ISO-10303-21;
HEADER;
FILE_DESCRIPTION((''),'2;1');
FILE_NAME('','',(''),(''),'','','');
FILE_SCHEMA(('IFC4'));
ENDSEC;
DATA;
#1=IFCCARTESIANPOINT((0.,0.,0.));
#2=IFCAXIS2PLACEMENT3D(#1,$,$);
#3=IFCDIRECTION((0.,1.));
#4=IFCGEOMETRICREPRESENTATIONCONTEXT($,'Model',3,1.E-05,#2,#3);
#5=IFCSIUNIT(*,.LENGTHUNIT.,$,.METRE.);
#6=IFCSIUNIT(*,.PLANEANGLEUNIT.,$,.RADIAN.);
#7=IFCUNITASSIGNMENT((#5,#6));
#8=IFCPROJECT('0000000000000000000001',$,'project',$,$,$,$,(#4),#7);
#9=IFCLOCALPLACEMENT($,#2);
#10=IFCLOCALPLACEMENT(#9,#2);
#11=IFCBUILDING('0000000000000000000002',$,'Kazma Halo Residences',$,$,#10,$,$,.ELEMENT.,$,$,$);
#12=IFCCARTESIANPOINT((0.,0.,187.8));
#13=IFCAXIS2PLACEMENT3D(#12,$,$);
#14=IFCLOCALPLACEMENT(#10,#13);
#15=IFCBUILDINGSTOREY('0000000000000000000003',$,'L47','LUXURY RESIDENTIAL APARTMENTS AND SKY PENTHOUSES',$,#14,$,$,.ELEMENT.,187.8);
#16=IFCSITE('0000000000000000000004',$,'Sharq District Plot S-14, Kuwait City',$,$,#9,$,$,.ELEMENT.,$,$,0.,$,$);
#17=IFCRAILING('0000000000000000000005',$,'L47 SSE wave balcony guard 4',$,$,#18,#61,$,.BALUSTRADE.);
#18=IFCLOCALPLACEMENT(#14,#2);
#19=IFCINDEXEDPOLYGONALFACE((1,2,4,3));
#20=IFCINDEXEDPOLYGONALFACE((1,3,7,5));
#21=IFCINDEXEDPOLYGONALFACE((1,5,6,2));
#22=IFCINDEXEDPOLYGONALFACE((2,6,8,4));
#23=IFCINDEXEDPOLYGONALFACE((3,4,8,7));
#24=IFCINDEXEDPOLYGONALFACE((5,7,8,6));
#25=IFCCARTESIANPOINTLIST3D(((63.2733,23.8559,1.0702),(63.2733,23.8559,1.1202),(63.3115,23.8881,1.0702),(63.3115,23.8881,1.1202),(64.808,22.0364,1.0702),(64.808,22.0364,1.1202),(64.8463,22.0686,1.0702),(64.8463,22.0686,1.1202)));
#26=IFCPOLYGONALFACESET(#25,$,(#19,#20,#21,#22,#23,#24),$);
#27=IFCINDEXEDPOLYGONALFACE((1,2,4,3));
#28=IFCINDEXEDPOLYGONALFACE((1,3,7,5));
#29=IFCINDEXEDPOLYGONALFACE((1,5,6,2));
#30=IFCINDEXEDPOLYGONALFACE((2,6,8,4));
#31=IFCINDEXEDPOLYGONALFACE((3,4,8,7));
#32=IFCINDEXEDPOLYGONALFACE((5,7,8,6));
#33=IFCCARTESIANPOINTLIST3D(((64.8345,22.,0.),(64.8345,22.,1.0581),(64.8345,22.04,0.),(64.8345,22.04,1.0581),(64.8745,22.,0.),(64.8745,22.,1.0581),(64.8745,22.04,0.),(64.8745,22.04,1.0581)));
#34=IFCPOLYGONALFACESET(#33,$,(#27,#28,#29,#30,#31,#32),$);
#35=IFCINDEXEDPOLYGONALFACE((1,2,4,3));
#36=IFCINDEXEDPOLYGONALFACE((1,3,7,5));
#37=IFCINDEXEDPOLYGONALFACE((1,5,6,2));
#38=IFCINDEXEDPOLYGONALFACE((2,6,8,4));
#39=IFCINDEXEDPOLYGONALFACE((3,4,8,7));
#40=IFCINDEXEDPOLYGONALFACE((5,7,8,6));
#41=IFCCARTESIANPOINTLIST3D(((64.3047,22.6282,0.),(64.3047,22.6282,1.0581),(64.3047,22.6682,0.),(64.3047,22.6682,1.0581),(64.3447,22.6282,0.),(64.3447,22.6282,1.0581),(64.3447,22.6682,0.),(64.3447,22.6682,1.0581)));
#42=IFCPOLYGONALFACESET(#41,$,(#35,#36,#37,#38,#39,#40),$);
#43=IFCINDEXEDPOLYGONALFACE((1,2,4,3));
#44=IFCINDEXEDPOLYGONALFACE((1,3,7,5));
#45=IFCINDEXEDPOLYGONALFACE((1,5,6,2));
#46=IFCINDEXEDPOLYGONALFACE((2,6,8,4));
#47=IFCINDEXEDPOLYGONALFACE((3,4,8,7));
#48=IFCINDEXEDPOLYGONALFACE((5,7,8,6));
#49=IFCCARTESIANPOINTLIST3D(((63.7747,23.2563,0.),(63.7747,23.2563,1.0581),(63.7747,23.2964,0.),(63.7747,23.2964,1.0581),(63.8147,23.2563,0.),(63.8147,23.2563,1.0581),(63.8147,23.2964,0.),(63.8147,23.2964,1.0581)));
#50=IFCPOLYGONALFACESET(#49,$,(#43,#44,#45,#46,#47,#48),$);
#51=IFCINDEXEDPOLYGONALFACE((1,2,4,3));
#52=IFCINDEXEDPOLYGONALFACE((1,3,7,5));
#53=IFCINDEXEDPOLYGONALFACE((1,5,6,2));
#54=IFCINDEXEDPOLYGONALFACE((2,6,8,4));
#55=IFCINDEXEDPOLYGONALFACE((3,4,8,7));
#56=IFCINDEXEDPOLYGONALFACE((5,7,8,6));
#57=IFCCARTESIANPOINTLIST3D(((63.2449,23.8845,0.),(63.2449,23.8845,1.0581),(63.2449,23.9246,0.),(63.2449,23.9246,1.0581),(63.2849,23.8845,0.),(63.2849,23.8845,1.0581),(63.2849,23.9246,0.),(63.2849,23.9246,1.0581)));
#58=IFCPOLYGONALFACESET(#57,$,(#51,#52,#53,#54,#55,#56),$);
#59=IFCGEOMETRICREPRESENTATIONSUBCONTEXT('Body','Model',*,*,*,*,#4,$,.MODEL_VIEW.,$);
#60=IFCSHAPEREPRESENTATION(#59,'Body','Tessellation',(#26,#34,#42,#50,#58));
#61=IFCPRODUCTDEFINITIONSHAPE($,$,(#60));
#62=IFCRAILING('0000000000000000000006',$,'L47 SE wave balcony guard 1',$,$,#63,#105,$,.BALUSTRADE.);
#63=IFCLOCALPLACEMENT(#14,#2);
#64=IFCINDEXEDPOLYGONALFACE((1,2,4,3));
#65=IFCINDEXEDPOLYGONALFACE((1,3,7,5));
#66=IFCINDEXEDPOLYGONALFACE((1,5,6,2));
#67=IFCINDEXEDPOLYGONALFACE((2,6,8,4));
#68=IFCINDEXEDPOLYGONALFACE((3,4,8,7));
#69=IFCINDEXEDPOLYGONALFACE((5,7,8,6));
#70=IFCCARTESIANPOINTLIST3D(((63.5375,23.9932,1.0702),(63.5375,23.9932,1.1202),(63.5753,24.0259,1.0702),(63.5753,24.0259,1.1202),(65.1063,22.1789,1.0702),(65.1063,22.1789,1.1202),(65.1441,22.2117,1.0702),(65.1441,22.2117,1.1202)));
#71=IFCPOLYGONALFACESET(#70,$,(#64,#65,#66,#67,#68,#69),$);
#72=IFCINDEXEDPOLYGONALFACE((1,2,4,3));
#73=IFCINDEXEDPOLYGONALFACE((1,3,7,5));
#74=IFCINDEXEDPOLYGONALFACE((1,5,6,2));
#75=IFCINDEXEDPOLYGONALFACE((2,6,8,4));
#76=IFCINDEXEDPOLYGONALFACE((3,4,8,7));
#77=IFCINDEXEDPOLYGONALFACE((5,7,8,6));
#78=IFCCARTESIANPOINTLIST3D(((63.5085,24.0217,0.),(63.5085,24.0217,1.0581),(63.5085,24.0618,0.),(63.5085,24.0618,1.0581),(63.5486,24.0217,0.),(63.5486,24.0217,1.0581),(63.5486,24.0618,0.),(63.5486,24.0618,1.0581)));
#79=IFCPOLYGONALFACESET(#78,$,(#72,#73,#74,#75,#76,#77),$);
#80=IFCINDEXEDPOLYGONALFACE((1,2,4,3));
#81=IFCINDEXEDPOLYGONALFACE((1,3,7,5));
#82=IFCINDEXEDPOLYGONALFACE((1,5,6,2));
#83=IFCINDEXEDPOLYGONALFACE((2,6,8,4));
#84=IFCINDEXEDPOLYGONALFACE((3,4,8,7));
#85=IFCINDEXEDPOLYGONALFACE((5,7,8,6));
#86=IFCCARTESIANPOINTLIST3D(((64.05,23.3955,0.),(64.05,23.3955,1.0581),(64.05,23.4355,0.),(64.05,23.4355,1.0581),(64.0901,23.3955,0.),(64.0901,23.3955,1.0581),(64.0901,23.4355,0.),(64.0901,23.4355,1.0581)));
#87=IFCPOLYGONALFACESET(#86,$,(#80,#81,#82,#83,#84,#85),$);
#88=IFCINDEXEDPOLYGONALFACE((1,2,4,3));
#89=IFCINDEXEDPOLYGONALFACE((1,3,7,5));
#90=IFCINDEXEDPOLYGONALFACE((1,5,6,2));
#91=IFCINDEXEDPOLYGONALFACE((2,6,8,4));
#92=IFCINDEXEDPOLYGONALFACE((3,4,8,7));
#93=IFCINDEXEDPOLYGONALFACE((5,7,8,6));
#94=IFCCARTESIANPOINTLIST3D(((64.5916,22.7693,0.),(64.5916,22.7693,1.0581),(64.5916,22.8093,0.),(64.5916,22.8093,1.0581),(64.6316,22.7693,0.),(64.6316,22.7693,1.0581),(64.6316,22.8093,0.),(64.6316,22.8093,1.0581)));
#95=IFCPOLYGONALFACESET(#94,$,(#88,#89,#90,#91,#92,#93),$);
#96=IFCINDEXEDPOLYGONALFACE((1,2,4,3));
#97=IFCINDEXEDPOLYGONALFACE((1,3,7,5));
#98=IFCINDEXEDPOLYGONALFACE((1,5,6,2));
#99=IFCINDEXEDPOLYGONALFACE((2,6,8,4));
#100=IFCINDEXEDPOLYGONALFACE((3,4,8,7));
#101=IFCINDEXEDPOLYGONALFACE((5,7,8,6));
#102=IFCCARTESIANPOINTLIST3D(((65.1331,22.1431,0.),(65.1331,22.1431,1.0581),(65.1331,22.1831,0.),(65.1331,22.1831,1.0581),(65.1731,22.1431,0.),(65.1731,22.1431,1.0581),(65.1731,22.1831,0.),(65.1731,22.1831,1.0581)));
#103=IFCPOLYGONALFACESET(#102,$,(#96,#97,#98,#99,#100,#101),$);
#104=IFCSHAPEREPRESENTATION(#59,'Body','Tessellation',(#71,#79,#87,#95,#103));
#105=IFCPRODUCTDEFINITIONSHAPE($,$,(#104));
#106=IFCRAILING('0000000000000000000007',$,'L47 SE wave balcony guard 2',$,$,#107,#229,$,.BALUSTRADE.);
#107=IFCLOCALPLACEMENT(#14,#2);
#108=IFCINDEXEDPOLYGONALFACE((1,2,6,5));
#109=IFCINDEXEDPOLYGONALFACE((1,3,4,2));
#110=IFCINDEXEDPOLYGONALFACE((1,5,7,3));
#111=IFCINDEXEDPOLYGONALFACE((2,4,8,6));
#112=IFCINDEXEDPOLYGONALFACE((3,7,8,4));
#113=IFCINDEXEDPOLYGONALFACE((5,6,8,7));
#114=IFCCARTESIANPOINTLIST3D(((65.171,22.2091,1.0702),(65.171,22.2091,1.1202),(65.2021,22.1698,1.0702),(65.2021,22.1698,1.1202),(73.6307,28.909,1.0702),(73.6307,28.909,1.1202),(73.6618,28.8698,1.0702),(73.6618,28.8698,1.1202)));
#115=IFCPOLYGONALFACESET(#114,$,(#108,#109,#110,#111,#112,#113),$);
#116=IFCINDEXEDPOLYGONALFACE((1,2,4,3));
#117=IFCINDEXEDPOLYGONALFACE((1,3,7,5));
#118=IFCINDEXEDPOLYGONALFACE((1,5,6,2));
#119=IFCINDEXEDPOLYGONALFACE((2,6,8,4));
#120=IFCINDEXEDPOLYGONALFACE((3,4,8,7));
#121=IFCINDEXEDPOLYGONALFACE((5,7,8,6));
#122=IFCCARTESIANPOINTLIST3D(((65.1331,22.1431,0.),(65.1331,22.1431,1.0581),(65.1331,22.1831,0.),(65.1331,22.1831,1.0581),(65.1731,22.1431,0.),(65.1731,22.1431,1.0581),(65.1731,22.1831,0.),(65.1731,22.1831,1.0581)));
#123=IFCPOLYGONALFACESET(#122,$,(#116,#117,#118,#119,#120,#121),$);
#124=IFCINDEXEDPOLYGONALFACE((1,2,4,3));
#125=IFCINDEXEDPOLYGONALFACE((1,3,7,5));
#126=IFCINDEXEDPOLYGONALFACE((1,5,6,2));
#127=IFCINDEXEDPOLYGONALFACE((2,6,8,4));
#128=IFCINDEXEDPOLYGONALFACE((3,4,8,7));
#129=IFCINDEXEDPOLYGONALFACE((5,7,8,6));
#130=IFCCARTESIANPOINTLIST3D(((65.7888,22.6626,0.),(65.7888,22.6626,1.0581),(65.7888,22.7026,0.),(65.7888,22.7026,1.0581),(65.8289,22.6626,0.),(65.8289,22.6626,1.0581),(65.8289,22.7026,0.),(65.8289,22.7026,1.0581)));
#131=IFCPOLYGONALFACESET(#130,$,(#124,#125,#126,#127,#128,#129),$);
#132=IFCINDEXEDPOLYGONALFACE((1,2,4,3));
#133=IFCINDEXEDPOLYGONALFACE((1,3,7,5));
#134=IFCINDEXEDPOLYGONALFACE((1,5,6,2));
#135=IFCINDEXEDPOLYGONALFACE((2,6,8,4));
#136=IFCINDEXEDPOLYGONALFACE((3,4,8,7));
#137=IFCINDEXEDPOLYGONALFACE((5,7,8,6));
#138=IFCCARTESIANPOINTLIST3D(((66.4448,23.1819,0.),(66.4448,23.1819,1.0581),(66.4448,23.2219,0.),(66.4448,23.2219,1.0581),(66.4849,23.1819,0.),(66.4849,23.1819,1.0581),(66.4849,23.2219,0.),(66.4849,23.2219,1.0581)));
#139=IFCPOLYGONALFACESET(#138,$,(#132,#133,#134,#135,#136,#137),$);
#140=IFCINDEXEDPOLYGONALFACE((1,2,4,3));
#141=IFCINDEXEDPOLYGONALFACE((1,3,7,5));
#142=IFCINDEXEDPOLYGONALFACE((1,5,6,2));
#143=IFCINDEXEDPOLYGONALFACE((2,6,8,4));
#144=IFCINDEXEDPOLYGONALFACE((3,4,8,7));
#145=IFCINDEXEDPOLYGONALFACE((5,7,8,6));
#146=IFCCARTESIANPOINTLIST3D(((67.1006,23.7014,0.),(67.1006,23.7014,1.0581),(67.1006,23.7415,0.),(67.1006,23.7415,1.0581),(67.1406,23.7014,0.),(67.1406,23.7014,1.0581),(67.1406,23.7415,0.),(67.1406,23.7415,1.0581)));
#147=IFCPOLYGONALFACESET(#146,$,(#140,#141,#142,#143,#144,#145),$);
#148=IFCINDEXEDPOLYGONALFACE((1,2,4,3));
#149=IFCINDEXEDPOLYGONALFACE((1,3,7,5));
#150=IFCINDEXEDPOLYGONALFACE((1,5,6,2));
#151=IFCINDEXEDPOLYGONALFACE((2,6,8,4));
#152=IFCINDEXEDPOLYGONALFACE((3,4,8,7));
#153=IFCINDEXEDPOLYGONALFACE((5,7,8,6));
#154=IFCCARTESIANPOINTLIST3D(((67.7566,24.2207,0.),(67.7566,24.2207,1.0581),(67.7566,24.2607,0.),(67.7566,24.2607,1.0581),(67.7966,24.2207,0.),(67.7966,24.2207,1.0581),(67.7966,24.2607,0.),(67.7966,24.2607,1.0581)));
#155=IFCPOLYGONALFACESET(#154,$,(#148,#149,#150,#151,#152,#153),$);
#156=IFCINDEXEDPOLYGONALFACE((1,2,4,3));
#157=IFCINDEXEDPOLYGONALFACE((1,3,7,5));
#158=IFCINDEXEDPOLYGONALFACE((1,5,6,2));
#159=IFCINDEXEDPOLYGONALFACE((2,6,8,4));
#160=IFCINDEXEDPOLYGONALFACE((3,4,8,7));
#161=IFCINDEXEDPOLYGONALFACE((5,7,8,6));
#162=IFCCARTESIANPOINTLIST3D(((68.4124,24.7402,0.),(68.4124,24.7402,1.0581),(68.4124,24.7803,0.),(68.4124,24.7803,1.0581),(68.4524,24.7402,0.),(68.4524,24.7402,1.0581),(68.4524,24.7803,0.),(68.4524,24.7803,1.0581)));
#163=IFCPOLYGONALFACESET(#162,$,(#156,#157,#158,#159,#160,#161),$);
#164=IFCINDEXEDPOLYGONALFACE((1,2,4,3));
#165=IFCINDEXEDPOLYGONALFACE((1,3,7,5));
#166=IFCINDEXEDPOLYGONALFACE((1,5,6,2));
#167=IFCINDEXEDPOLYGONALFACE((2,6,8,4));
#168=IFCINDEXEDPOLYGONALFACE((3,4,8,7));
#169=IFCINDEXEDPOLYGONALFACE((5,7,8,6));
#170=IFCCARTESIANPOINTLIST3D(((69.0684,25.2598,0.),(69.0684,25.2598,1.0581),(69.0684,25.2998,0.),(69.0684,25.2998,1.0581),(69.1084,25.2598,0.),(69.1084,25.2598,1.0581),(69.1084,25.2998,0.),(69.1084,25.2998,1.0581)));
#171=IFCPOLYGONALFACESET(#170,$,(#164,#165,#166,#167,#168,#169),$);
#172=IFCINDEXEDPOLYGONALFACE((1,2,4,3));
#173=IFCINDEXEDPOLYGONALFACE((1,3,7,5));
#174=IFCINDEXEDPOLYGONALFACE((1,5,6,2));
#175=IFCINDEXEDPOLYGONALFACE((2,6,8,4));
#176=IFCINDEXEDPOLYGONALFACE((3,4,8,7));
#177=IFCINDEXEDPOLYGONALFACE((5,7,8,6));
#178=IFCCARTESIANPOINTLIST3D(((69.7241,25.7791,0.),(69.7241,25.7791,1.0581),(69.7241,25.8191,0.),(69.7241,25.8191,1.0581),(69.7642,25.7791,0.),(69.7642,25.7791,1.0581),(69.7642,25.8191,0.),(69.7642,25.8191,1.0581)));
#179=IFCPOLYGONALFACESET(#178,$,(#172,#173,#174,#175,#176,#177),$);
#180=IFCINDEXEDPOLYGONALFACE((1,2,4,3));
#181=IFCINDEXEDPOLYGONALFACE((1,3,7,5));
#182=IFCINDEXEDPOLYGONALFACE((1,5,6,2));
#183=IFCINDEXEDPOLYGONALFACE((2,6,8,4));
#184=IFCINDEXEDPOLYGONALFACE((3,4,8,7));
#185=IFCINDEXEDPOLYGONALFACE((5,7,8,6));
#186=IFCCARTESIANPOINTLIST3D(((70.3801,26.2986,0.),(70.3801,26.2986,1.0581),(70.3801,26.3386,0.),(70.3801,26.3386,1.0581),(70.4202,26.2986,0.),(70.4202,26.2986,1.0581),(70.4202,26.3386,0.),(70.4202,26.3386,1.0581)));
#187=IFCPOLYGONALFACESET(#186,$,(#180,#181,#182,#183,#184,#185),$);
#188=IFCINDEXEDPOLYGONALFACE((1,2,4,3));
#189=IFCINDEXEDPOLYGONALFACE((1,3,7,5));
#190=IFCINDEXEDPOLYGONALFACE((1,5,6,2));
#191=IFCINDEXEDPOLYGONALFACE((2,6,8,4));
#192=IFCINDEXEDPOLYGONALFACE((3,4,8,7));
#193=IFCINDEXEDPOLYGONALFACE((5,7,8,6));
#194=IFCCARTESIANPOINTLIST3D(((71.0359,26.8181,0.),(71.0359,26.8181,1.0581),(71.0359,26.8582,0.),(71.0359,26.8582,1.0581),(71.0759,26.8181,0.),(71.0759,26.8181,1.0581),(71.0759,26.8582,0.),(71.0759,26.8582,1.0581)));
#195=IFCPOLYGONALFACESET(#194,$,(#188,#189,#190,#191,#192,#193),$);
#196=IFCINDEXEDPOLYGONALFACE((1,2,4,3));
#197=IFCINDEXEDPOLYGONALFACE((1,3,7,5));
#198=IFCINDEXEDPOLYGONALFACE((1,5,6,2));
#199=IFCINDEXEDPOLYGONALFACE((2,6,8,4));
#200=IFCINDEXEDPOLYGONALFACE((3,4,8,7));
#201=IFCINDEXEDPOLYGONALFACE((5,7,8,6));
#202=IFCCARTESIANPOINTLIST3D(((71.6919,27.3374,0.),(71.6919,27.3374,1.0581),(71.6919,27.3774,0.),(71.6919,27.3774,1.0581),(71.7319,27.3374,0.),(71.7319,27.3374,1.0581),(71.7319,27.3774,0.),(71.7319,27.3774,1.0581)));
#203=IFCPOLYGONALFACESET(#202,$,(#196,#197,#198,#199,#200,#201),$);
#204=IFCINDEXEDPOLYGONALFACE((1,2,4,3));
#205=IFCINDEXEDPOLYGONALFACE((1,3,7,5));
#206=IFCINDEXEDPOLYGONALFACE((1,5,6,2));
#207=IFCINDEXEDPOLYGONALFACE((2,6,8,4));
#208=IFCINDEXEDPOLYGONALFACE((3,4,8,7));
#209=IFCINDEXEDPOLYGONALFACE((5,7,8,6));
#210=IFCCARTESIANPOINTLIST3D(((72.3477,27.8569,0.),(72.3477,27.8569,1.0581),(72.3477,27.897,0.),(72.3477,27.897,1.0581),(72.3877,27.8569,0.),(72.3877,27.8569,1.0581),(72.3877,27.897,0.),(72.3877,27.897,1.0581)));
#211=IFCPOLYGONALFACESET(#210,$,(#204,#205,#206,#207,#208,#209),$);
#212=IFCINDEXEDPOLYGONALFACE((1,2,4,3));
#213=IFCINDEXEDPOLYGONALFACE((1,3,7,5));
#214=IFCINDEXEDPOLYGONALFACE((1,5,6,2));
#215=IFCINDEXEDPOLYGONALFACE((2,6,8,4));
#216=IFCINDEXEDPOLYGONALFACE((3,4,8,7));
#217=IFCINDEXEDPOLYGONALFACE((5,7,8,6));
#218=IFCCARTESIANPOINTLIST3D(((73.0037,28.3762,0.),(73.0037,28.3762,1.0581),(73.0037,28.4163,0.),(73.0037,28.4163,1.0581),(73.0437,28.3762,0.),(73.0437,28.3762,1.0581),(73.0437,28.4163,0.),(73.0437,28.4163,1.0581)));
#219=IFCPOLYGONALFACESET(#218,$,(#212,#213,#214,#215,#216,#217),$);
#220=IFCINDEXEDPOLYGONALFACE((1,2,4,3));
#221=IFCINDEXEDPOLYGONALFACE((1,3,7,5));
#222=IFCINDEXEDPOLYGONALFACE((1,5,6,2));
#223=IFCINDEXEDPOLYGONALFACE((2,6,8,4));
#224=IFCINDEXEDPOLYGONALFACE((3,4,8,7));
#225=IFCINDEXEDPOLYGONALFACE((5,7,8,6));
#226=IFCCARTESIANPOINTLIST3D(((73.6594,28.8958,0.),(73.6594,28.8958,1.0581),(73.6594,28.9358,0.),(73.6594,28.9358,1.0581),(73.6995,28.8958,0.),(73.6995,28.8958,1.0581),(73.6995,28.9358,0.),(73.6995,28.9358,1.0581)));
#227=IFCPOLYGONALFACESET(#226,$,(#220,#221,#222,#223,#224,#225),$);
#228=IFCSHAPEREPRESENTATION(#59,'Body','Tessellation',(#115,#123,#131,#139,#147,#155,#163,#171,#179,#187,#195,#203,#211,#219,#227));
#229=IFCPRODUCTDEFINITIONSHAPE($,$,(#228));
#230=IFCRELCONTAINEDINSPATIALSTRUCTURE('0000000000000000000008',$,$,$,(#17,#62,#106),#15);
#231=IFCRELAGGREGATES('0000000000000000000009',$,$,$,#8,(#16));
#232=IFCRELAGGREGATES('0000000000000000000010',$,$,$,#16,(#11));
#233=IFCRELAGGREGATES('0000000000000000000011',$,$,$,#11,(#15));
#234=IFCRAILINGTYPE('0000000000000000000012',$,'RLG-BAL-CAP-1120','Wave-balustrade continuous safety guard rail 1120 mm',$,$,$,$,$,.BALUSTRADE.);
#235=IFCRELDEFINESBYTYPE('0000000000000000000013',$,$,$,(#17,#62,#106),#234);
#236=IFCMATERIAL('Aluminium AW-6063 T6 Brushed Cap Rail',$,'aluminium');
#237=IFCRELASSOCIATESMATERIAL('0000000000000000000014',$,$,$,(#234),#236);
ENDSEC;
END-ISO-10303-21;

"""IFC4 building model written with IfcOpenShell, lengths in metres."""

from ifc_helpers import new_model, si_unit, direction, frame, origin, origin_2d, place, context, subcontext, project, spatial, rectangle, extrude, material, type_object, element, save


model = new_model("IFC4")

# Units and contexts
model_context = context("Model", 3, precision=1e-05, world=origin(), true_north=direction((0.0, 1.0)))
body_context = subcontext(model_context, "Body", "Model", "MODEL_VIEW")
ifc_project = project(units=[si_unit("LENGTHUNIT", "METRE"), si_unit("PLANEANGLEUNIT", "RADIAN")], contexts=[model_context])

# Site, building, storey
site_placement = place(None, origin())
site = spatial("IfcSite", under=ifc_project, at=site_placement, Name="Sharq District Plot S-14, Kuwait City", CompositionType="ELEMENT", RefElevation=0.0)
building_placement = place(site_placement, origin())
building = spatial("IfcBuilding", under=site, at=building_placement, Name="Kazma Halo Residences", CompositionType="ELEMENT")
storey_placement = place(building_placement, frame((0.0, 0.0, 187.8)))
storey = spatial("IfcBuildingStorey", under=building, at=storey_placement, Name="L47", Description="LUXURY RESIDENTIAL APARTMENTS AND SKY PENTHOUSES", CompositionType="ELEMENT", Elevation=187.8)

# Railings
ifc_material_1 = material(Name="Aluminium AW-6063 T6 Brushed Cap Rail", Category="aluminium")
railing_type = type_object("IfcRailingType", Name="RLG-BAL-CAP-1120", Description="Wave-balustrade continuous safety guard rail 1120 mm", PredefinedType="BALUSTRADE", material=ifc_material_1)
railing_1_placement = place(storey_placement, frame((64.8545, 22.02, 0.0)))
element("IfcRailing", 1, at=railing_1_placement, inside=storey, type_object=railing_type, Name="L47 SSE wave balcony guard 4", PredefinedType="BALUSTRADE", context=body_context, shape_type="SweptSolid", body=[
    extrude(rectangle(XDim=0.05, YDim=0.05, at=origin_2d()), frame((-0.0273, 0.0325, 1.0952), z_axis=(-0.644761, 0.764385, 0.0), x_axis=(-0.764385, -0.644761, 0.0)), (0.0, 0.0, 1.0), 2.3804),
    extrude(rectangle(XDim=0.04, YDim=0.04, at=origin_2d()), origin(), (0.0, 0.0, 1.0), 1.0581),
    extrude(rectangle(XDim=0.04, YDim=0.04, at=origin_2d()), frame((-0.5298, 0.6282, 0.0)), (0.0, 0.0, 1.0), 1.0581),
    extrude(rectangle(XDim=0.04, YDim=0.04, at=origin_2d()), frame((-1.0598, 1.2563, 0.0)), (0.0, 0.0, 1.0), 1.0581),
    extrude(rectangle(XDim=0.04, YDim=0.04, at=origin_2d()), frame((-1.5896, 1.8845, 0.0)), (0.0, 0.0, 1.0), 1.0581),
])
railing_2_placement = place(storey_placement, frame((63.5286, 24.0417, 0.0)))
element("IfcRailing", 2, at=railing_2_placement, inside=storey, type_object=railing_type, Name="L47 SE wave balcony guard 1", PredefinedType="BALUSTRADE", context=body_context, shape_type="SweptSolid", body=[
    extrude(rectangle(XDim=0.05, YDim=0.05, at=origin_2d()), frame((0.0278, -0.0322, 1.0952), z_axis=(0.654088, -0.756418, 0.0), x_axis=(0.756418, 0.654088, 0.0)), (0.0, 0.0, 1.0), 2.3984),
    extrude(rectangle(XDim=0.04, YDim=0.04, at=origin_2d()), origin(), (0.0, 0.0, 1.0), 1.0581),
    extrude(rectangle(XDim=0.04, YDim=0.04, at=origin_2d()), frame((0.5415, -0.6262, 0.0)), (0.0, 0.0, 1.0), 1.0581),
    extrude(rectangle(XDim=0.04, YDim=0.04, at=origin_2d()), frame((1.083, -1.2524, 0.0)), (0.0, 0.0, 1.0), 1.0581),
    extrude(rectangle(XDim=0.04, YDim=0.04, at=origin_2d()), frame((1.6245, -1.8787, 0.0)), (0.0, 0.0, 1.0), 1.0581),
])
railing_3_placement = place(storey_placement, frame((65.1531, 22.1631, 0.0)))
element("IfcRailing", 3, at=railing_3_placement, inside=storey, type_object=railing_type, Name="L47 SE wave balcony guard 2", PredefinedType="BALUSTRADE", context=body_context, shape_type="SweptSolid", body=[
    extrude(rectangle(XDim=0.05, YDim=0.05, at=origin_2d()), frame((0.0334, 0.0264, 1.0952), z_axis=(0.783927, 0.620852, 0.0), x_axis=(-0.620852, 0.783927, 0.0)), (0.0, 0.0, 1.0), 10.7915),
    extrude(rectangle(XDim=0.04, YDim=0.04, at=origin_2d()), origin(), (0.0, 0.0, 1.0), 1.0581),
    extrude(rectangle(XDim=0.04, YDim=0.04, at=origin_2d()), frame((0.6558, 0.5195, 0.0)), (0.0, 0.0, 1.0), 1.0581),
    extrude(rectangle(XDim=0.04, YDim=0.04, at=origin_2d()), frame((1.3118, 1.0388, 0.0)), (0.0, 0.0, 1.0), 1.0581),
    extrude(rectangle(XDim=0.04, YDim=0.04, at=origin_2d()), frame((1.9675, 1.5583, 0.0)), (0.0, 0.0, 1.0), 1.0581),
    extrude(rectangle(XDim=0.04, YDim=0.04, at=origin_2d()), frame((2.6235, 2.0776, 0.0)), (0.0, 0.0, 1.0), 1.0581),
    extrude(rectangle(XDim=0.04, YDim=0.04, at=origin_2d()), frame((3.2793, 2.5972, 0.0)), (0.0, 0.0, 1.0), 1.0581),
    extrude(rectangle(XDim=0.04, YDim=0.04, at=origin_2d()), frame((3.9353, 3.1167, 0.0)), (0.0, 0.0, 1.0), 1.0581),
    extrude(rectangle(XDim=0.04, YDim=0.04, at=origin_2d()), frame((4.5911, 3.636, 0.0)), (0.0, 0.0, 1.0), 1.0581),
    extrude(rectangle(XDim=0.04, YDim=0.04, at=origin_2d()), frame((5.2471, 4.1555, 0.0)), (0.0, 0.0, 1.0), 1.0581),
    extrude(rectangle(XDim=0.04, YDim=0.04, at=origin_2d()), frame((5.9028, 4.675, 0.0)), (0.0, 0.0, 1.0), 1.0581),
    extrude(rectangle(XDim=0.04, YDim=0.04, at=origin_2d()), frame((6.5588, 5.1943, 0.0)), (0.0, 0.0, 1.0), 1.0581),
    extrude(rectangle(XDim=0.04, YDim=0.04, at=origin_2d()), frame((7.2146, 5.7139, 0.0)), (0.0, 0.0, 1.0), 1.0581),
    extrude(rectangle(XDim=0.04, YDim=0.04, at=origin_2d()), frame((7.8706, 6.2332, 0.0)), (0.0, 0.0, 1.0), 1.0581),
    extrude(rectangle(XDim=0.04, YDim=0.04, at=origin_2d()), frame((8.5264, 6.7527, 0.0)), (0.0, 0.0, 1.0), 1.0581),
])

save(model, "model.ifc")
